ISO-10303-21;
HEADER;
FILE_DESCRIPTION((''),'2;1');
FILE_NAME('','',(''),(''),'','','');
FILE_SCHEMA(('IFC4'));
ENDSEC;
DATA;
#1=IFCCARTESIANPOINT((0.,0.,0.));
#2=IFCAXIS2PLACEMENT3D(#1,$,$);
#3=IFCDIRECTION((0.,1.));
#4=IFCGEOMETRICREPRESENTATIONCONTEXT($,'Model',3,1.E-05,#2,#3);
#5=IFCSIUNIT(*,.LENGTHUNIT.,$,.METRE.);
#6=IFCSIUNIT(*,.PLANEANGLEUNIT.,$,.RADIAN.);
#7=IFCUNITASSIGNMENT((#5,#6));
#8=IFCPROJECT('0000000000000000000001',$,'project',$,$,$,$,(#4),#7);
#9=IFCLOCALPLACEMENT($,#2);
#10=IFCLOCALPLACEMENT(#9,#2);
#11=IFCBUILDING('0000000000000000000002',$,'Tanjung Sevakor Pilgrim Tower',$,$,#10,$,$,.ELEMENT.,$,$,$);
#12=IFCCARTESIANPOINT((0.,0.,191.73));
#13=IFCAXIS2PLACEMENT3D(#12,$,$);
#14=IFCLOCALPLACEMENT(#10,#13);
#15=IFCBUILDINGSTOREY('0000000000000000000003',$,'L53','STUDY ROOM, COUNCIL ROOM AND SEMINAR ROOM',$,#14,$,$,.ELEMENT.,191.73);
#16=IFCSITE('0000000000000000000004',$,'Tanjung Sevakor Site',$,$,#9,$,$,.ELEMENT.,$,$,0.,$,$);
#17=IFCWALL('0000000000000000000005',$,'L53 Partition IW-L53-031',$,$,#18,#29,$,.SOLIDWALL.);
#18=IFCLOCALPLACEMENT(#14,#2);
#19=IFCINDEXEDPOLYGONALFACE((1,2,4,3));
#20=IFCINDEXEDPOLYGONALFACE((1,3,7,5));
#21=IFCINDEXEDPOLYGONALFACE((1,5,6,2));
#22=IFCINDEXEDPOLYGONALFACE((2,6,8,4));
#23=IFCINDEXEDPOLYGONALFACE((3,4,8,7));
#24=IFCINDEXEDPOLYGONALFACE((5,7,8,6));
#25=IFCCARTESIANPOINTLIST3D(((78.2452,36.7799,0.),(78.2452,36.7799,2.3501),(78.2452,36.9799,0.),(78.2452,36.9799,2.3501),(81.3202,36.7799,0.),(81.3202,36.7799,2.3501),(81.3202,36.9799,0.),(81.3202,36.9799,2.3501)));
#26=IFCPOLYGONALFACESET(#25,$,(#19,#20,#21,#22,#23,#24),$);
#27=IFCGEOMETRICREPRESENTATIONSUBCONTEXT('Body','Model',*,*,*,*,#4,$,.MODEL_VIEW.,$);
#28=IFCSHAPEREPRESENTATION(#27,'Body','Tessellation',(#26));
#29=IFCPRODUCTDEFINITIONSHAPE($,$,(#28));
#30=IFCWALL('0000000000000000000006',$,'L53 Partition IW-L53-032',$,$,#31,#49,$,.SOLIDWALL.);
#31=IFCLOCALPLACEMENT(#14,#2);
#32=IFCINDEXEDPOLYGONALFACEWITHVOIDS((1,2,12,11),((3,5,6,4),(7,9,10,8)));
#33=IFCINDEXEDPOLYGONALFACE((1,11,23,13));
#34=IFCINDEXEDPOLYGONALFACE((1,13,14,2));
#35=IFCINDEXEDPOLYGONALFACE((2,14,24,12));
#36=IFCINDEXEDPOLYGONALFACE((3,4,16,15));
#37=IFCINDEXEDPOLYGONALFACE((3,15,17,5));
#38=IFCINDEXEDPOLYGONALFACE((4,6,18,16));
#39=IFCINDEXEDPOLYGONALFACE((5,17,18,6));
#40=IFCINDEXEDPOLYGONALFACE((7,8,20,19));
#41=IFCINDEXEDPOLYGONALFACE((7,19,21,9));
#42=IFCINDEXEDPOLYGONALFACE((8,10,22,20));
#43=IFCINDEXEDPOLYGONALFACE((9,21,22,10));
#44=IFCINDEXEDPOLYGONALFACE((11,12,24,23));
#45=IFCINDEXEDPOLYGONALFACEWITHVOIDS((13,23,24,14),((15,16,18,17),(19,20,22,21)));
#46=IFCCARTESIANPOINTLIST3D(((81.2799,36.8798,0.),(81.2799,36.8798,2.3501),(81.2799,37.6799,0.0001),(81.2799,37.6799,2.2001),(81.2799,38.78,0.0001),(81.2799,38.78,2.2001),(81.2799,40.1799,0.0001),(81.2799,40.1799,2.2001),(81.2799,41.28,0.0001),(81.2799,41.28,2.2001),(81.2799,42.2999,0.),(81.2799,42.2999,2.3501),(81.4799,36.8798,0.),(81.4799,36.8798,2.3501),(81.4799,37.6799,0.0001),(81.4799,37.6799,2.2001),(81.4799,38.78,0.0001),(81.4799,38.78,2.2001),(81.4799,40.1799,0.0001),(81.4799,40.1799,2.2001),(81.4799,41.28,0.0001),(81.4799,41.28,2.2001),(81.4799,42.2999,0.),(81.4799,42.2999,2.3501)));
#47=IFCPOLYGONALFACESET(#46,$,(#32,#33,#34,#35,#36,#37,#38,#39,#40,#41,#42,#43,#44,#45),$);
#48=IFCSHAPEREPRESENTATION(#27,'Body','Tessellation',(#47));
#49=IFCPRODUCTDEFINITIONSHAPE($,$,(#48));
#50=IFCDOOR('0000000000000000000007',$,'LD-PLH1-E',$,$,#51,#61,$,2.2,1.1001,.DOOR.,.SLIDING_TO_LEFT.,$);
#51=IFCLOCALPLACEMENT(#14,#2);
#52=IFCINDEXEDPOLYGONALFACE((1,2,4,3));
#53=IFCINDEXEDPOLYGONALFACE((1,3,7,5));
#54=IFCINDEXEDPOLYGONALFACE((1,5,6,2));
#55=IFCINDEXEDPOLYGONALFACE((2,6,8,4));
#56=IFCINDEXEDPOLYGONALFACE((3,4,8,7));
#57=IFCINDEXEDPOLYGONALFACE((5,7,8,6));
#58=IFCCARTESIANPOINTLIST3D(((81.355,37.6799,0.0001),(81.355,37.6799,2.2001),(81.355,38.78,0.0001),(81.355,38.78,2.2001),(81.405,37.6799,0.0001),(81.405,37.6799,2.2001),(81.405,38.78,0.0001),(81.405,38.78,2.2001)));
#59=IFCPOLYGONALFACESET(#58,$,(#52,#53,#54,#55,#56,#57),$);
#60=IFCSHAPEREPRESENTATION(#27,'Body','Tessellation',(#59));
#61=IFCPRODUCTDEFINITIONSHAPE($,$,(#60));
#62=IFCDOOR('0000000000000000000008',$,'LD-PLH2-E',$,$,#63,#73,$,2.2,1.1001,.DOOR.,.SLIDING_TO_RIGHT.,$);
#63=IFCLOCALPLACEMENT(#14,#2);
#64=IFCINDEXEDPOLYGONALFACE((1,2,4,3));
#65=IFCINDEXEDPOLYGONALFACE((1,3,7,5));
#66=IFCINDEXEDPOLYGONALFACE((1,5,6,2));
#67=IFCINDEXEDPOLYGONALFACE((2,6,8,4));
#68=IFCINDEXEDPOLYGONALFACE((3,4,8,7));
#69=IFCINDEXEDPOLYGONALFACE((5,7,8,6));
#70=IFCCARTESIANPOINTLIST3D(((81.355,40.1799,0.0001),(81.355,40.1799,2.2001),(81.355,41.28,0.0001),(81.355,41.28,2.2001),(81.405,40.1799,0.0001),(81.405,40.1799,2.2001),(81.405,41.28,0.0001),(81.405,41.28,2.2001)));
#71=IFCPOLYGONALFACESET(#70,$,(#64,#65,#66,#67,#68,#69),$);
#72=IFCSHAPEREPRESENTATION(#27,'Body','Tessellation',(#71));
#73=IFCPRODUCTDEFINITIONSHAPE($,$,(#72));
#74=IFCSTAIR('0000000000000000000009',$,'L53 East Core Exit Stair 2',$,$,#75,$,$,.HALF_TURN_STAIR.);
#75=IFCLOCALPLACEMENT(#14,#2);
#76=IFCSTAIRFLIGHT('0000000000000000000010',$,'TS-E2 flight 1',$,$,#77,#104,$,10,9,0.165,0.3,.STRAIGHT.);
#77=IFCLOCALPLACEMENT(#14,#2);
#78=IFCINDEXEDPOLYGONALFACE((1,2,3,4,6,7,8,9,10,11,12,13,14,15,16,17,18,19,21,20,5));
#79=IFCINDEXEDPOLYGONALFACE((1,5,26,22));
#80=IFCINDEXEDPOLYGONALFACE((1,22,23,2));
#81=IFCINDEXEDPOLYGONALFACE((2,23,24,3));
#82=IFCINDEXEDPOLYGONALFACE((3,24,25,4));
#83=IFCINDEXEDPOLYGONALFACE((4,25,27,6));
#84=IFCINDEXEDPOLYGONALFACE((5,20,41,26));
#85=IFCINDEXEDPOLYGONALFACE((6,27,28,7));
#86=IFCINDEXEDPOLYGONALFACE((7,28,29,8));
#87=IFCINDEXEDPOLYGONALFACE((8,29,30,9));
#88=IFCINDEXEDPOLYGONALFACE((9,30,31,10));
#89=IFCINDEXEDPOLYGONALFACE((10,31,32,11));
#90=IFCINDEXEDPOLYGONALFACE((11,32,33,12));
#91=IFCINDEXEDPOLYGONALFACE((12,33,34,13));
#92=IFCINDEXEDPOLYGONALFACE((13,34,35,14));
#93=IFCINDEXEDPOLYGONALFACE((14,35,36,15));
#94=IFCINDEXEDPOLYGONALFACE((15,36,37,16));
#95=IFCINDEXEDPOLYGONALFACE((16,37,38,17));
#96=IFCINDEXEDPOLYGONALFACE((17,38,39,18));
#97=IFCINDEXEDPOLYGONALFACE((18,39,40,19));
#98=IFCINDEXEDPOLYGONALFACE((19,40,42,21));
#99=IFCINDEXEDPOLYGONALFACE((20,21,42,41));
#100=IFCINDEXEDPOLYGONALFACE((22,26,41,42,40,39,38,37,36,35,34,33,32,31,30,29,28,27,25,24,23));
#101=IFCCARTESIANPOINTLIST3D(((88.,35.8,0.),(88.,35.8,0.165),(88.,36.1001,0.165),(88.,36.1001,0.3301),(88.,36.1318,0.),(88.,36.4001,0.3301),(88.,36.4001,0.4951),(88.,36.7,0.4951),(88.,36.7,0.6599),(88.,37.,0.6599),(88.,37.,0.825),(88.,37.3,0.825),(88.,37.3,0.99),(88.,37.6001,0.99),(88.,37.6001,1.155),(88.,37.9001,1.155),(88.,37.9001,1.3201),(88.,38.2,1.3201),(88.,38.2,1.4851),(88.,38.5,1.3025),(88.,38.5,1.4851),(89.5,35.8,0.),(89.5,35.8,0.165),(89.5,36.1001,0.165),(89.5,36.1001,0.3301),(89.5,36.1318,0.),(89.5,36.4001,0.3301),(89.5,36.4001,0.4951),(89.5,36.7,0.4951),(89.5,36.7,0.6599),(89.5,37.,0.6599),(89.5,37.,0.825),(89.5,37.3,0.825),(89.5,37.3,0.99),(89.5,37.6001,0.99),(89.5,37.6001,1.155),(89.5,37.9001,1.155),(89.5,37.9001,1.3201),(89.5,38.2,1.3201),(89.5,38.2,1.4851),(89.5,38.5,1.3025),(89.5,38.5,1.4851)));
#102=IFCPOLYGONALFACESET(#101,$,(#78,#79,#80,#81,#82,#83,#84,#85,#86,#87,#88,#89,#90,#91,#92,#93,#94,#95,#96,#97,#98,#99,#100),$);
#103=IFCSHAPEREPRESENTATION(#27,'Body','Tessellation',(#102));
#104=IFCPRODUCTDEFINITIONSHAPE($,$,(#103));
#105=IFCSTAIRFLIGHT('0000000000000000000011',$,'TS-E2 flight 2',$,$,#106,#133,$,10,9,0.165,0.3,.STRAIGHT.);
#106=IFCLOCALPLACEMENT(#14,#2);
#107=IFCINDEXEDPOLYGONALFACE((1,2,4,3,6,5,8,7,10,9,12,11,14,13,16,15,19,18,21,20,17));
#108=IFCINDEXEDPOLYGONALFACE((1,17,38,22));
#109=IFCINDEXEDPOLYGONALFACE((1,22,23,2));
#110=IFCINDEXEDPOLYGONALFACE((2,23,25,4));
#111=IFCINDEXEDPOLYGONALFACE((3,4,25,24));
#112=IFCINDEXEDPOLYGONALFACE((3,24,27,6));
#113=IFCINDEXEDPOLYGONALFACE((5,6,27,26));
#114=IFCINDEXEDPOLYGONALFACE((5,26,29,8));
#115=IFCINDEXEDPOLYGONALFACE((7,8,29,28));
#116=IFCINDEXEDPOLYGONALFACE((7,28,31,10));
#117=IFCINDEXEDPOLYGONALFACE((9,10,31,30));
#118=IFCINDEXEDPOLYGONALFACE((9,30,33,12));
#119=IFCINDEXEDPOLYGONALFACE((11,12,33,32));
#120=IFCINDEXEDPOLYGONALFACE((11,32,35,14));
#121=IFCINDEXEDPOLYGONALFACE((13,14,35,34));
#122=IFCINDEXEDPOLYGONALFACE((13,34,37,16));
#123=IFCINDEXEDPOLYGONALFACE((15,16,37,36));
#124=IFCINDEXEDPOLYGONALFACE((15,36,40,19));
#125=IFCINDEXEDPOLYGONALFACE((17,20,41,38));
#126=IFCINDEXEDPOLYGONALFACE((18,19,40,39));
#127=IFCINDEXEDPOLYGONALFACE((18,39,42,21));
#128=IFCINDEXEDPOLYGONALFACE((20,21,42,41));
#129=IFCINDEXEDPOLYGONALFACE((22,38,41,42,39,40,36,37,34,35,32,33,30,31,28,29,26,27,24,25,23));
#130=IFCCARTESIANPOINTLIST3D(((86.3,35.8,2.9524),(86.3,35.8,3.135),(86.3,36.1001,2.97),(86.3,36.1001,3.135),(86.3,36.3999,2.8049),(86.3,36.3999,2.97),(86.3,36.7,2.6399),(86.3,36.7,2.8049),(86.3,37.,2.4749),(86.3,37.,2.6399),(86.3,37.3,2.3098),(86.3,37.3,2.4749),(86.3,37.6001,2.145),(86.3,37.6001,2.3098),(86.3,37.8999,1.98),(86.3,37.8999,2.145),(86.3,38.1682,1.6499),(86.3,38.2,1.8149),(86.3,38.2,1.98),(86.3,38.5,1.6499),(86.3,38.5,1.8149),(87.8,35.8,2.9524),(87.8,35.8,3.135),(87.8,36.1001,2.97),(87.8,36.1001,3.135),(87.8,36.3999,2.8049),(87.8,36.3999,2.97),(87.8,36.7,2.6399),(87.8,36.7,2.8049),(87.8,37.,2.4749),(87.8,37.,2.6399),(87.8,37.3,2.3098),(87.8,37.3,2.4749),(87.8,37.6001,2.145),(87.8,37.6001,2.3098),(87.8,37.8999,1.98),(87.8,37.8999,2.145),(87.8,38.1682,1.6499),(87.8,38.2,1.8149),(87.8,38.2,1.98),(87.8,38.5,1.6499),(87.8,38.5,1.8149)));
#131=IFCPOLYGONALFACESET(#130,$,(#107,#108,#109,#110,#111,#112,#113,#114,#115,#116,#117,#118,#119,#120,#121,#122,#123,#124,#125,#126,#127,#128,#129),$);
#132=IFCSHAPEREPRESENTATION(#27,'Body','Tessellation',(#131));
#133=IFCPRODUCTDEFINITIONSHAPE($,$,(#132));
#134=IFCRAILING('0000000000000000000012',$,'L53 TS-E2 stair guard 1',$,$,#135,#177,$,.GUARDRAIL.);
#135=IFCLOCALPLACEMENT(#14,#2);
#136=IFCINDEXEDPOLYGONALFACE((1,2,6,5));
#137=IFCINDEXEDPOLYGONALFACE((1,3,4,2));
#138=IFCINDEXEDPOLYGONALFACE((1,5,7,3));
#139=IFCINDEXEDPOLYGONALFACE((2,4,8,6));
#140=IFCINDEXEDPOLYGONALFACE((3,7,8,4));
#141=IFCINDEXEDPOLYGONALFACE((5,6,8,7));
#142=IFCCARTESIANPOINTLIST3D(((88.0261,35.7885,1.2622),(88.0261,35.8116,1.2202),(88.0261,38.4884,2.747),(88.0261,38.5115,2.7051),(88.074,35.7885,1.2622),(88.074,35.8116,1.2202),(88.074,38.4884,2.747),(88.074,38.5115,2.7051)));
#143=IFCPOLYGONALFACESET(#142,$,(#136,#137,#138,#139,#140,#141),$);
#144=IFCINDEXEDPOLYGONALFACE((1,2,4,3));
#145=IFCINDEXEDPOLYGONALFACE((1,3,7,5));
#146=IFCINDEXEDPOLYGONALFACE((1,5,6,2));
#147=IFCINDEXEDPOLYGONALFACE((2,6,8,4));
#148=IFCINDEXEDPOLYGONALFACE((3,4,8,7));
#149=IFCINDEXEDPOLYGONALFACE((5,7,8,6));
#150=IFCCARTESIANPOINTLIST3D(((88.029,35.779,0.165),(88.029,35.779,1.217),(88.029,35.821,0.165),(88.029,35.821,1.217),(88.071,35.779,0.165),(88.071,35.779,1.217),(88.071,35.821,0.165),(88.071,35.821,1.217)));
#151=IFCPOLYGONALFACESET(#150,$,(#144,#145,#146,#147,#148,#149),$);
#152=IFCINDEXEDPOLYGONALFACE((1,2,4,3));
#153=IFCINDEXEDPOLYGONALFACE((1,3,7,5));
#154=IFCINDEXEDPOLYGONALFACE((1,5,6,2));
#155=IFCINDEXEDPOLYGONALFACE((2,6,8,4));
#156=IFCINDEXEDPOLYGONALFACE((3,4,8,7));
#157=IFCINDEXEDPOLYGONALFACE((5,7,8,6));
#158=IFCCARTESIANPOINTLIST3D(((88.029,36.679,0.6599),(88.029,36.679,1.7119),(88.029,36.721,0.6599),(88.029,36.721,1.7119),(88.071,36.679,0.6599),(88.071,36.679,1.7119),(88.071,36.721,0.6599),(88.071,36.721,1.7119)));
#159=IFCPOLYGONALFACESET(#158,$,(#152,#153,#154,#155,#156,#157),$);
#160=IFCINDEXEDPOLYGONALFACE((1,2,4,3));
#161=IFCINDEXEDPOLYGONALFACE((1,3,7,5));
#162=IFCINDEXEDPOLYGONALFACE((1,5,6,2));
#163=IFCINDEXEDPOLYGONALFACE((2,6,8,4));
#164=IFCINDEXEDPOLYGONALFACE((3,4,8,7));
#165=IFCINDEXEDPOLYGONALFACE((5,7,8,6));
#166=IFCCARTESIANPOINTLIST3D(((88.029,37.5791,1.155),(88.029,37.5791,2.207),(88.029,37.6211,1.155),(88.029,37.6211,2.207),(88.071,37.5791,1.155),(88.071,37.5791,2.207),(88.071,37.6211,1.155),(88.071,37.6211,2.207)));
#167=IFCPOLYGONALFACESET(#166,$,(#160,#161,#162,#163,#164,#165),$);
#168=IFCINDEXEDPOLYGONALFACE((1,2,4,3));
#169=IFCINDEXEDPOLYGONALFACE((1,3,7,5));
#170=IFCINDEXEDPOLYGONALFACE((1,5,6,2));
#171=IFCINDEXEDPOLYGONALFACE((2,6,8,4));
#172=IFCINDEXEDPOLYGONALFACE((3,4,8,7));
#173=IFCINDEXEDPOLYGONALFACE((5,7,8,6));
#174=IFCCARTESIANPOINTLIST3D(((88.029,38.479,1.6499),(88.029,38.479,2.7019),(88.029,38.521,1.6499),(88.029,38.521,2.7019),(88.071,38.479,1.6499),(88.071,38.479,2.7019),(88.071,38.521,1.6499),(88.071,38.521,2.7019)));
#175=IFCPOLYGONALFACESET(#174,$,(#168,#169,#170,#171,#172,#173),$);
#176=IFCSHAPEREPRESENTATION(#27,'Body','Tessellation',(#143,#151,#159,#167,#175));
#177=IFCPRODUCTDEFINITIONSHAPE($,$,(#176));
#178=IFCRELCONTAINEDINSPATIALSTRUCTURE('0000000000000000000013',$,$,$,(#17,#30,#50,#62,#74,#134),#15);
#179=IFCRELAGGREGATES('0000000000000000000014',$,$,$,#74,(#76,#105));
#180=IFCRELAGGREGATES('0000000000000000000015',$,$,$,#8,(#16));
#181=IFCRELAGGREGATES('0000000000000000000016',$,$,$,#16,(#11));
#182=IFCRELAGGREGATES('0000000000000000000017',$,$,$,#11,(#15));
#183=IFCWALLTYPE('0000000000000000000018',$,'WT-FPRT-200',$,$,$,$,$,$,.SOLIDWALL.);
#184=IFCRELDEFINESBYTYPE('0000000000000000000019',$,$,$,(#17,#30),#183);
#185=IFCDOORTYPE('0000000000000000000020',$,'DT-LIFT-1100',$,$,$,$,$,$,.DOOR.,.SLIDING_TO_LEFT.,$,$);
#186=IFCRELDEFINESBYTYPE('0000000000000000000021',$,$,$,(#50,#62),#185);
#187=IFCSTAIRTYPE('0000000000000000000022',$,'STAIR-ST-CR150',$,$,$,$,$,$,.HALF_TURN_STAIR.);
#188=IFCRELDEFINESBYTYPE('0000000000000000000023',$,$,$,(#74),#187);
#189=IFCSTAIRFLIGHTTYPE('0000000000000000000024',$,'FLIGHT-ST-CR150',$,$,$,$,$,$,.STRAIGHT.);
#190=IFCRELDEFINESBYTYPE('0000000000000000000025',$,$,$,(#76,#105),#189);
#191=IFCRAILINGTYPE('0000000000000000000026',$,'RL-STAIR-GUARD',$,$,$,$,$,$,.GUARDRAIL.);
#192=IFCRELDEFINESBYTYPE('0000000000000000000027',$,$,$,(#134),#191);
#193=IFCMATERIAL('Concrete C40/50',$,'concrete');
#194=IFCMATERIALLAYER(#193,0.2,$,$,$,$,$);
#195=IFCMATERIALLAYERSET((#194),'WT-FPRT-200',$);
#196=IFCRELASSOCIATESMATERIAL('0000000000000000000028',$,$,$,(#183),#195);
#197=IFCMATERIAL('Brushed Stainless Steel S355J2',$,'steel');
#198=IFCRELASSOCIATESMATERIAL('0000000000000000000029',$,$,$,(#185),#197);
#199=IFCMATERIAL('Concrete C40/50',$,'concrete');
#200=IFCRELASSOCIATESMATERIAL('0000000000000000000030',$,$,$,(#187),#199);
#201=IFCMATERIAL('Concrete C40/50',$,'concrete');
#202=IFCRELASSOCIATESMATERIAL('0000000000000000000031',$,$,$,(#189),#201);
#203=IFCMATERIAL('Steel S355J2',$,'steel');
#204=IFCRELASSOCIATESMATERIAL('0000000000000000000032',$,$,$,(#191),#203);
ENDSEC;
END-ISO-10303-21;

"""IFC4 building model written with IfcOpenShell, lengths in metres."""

from ifc_helpers import new_model, si_unit, direction, frame, frame_2d, origin, place, context, subcontext, project, spatial, polyline, rectangle, outline, extrude, material, layer, layer_set, type_object, element, fill, aggregate, save


model = new_model("IFC4")

# Units and contexts
model_context = context("Model", 3, precision=1e-05, world=origin(), true_north=direction((0.0, 1.0)))
body_context = subcontext(model_context, "Body", "Model", "MODEL_VIEW")
ifc_project = project(units=[si_unit("LENGTHUNIT", "METRE"), si_unit("PLANEANGLEUNIT", "RADIAN")], contexts=[model_context])

# Site, building, storey
site_placement = place(None, origin())
site = spatial("IfcSite", under=ifc_project, at=site_placement, Name="Tanjung Sevakor Site", CompositionType="ELEMENT", RefElevation=0.0)
building_placement = place(site_placement, origin())
building = spatial("IfcBuilding", under=site, at=building_placement, Name="Tanjung Sevakor Pilgrim Tower", CompositionType="ELEMENT")
storey_placement = place(building_placement, frame((0.0, 0.0, 191.73)))
storey = spatial("IfcBuildingStorey", under=building, at=storey_placement, Name="L53", Description="STUDY ROOM, COUNCIL ROOM AND SEMINAR ROOM", CompositionType="ELEMENT", Elevation=191.73)

# Wall
ifc_material_1 = material(Name="Concrete C40/50", Category="concrete")
ifc_layer_1 = layer(ifc_material_1, 0.2)
ifc_layer_set_1 = layer_set([ifc_layer_1], Name="WT-FPRT-200")
wall_type_1 = type_object("IfcWallType", Name="WT-FPRT-200", PredefinedType="SOLIDWALL", material=ifc_layer_set_1)
wall_1_placement = place(storey_placement, frame((78.2451, 36.8799, 0.0), z_axis=(0.0, 0.0, 1.0), x_axis=(1.0, 0.0, 0.0)))
element("IfcWall", 1, at=wall_1_placement, inside=storey, type_object=wall_type_1, Name="L53 Partition IW-L53-031", PredefinedType="SOLIDWALL", context=body_context, shape_type="SweptSolid", body=[
    extrude(rectangle(XDim=3.075, YDim=0.2, at=frame_2d((1.5376, 0.0))), origin(), (0.0, 0.0, 1.0), 2.3501),
])

# Wall, openings, doors
wall_2_placement = place(storey_placement, frame((81.3799, 36.8799, 0.0), z_axis=(0.0, 0.0, 1.0), x_axis=(0.0, 1.0, 0.0)))
wall_2 = element("IfcWall", 2, at=wall_2_placement, inside=storey, type_object=wall_type_1, Name="L53 Partition IW-L53-032", PredefinedType="SOLIDWALL", context=body_context, shape_type="SweptSolid", body=[
    extrude(rectangle(XDim=5.4202, YDim=0.2, at=frame_2d((2.71, 0.0))), origin(), (0.0, 0.0, 1.0), 2.3501),
])
opening_1_placement = place(wall_2_placement, frame((0.8, 0.0, 0.0)))
opening_1 = element("IfcOpeningElement", 3, at=opening_1_placement, cuts=wall_2, PredefinedType="OPENING", context=body_context, shape_type="SweptSolid", body=[
    extrude(rectangle(XDim=1.1001, YDim=2.2, at=frame_2d((0.55, 1.1001))), frame((0.0, 0.1099, 0.0), z_axis=(0.0, -1.0, 0.0), x_axis=(1.0, 0.0, 0.0)), (0.0, 0.0, 1.0), 0.22),
])
opening_2_placement = place(wall_2_placement, frame((3.3, 0.0, 0.0)))
opening_2 = element("IfcOpeningElement", 4, at=opening_2_placement, cuts=wall_2, PredefinedType="OPENING", context=body_context, shape_type="SweptSolid", body=[
    extrude(rectangle(XDim=1.1001, YDim=2.2, at=frame_2d((0.55, 1.1001))), frame((0.0, 0.1099, 0.0), z_axis=(0.0, -1.0, 0.0), x_axis=(1.0, 0.0, 0.0)), (0.0, 0.0, 1.0), 0.22),
])
ifc_material_2 = material(Name="Brushed Stainless Steel S355J2", Category="steel")
door_type_1 = type_object("IfcDoorType", Name="DT-LIFT-1100", OperationType="SLIDING_TO_LEFT", PredefinedType="DOOR", material=ifc_material_2)
door_1_placement = place(opening_1_placement, origin())
door_1 = element("IfcDoor", 5, at=door_1_placement, inside=storey, type_object=door_type_1, Name="LD-PLH1-E", OperationType="SLIDING_TO_LEFT", OverallHeight=2.2, OverallWidth=1.1001, PredefinedType="DOOR", context=body_context, shape_type="SweptSolid", body=[
    extrude(rectangle(XDim=1.1001, YDim=2.2, at=frame_2d((0.55, 1.1001))), frame((0.0, 0.0249, 0.0), z_axis=(0.0, -1.0, 0.0), x_axis=(1.0, 0.0, 0.0)), (0.0, 0.0, 1.0), 0.05),
])
fill(opening_1, door_1)
door_2_placement = place(opening_2_placement, origin())
door_2 = element("IfcDoor", 6, at=door_2_placement, inside=storey, type_object=door_type_1, Name="LD-PLH2-E", OperationType="SLIDING_TO_RIGHT", OverallHeight=2.2, OverallWidth=1.1001, PredefinedType="DOOR", context=body_context, shape_type="SweptSolid", body=[
    extrude(rectangle(XDim=1.1001, YDim=2.2, at=frame_2d((0.55, 1.1001))), frame((0.0, 0.0249, 0.0), z_axis=(0.0, -1.0, 0.0), x_axis=(1.0, 0.0, 0.0)), (0.0, 0.0, 1.0), 0.05),
])
fill(opening_2, door_2)

# Stair, stair flights
ifc_material_3 = material(Name="Concrete C40/50", Category="concrete")
stair_type = type_object("IfcStairType", Name="STAIR-ST-CR150", PredefinedType="HALF_TURN_STAIR", material=ifc_material_3)
stair_placement = place(storey_placement, origin())
stair = element("IfcStair", 7, at=stair_placement, inside=storey, type_object=stair_type, Name="L53 East Core Exit Stair 2", PredefinedType="HALF_TURN_STAIR")
ifc_material_4 = material(Name="Concrete C40/50", Category="concrete")
stair_flight_type = type_object("IfcStairFlightType", Name="FLIGHT-ST-CR150", PredefinedType="STRAIGHT", material=ifc_material_4)
stair_flight_1_placement = place(storey_placement, frame((88.75, 35.8, 0.0), z_axis=(0.0, 0.0, 1.0), x_axis=(0.0, 1.0, 0.0)))
stair_flight_1 = element("IfcStairFlight", 8, at=stair_flight_1_placement, type_object=stair_flight_type, Name="TS-E2 flight 1", NumberOfRisers=10, NumberOfTreads=9, PredefinedType="STRAIGHT", RiserHeight=0.165, TreadLength=0.3, context=body_context, shape_type="SweptSolid", body=[
    extrude(outline(polyline([(0.0, 0.0), (0.0, 0.165), (0.3, 0.165), (0.3, 0.3301), (0.6001, 0.3301), (0.6001, 0.4951), (0.8999, 0.4951), (0.8999, 0.6599), (1.2, 0.6599), (1.2, 0.825), (1.5, 0.825), (1.5, 0.99), (1.8, 0.99), (1.8, 1.155), (2.1001, 1.155), (2.1001, 1.3201), (2.3999, 1.3201), (2.3999, 1.4851), (2.7, 1.4851), (2.7, 1.6499), (2.7, 1.3025), (0.3318, 0.0), (0.0, 0.0)])), frame((0.0, 0.75, 0.0), z_axis=(0.0, -1.0, 0.0), x_axis=(1.0, 0.0, 0.0)), (0.0, 0.0, 1.0), 1.5),
])
stair_flight_2_placement = place(storey_placement, frame((87.05, 38.5, 1.6499), z_axis=(0.0, 0.0, 1.0), x_axis=(0.0, -1.0, 0.0)))
stair_flight_2 = element("IfcStairFlight", 9, at=stair_flight_2_placement, type_object=stair_flight_type, Name="TS-E2 flight 2", NumberOfRisers=10, NumberOfTreads=9, PredefinedType="STRAIGHT", RiserHeight=0.165, TreadLength=0.3, context=body_context, shape_type="SweptSolid", body=[
    extrude(outline(polyline([(0.0, 0.0), (0.0, 0.165), (0.3, 0.165), (0.3, 0.3301), (0.6001, 0.3301), (0.6001, 0.4951), (0.8999, 0.4951), (0.8999, 0.6599), (1.2, 0.6599), (1.2, 0.825), (1.5, 0.825), (1.5, 0.99), (1.8, 0.99), (1.8, 1.155), (2.1001, 1.155), (2.1001, 1.3201), (2.3999, 1.3201), (2.3999, 1.4851), (2.7, 1.4851), (2.7, 1.6499), (2.7, 1.3025), (0.3318, 0.0), (0.0, 0.0)])), frame((0.0, 0.75, 0.0), z_axis=(0.0, -1.0, 0.0), x_axis=(1.0, 0.0, 0.0)), (0.0, 0.0, 1.0), 1.5),
])
aggregate(stair, [stair_flight_1, stair_flight_2])

# Railing
ifc_material_5 = material(Name="Steel S355J2", Category="steel")
railing_type_1 = type_object("IfcRailingType", Name="RL-STAIR-GUARD", PredefinedType="GUARDRAIL", material=ifc_material_5)
railing_1_placement = place(storey_placement, frame((88.05, 35.8, 0.165)))
element("IfcRailing", 10, at=railing_1_placement, inside=storey, type_object=railing_type_1, Name="L53 TS-E2 stair guard 1", PredefinedType="GUARDRAIL", context=body_context, shape_type="SweptSolid", body=[
    extrude(rectangle(XDim=0.0479, YDim=0.0479), frame((0.0, 0.0, 1.0762), z_axis=(0.0, 0.876231, 0.481891), x_axis=(-1.0, 0.0, 0.0)), (0.0, 0.0, 1.0), 3.0813),
    extrude(rectangle(XDim=0.042, YDim=0.042), origin(), (0.0, 0.0, 1.0), 1.052),
    extrude(rectangle(XDim=0.042, YDim=0.042), frame((0.0, 0.8999, 0.4949)), (0.0, 0.0, 1.0), 1.052),
    extrude(rectangle(XDim=0.042, YDim=0.042), frame((0.0, 1.8, 0.99)), (0.0, 0.0, 1.0), 1.052),
    extrude(rectangle(XDim=0.042, YDim=0.042), frame((0.0, 2.7, 1.4849)), (0.0, 0.0, 1.0), 1.052),
])

save(model, "model.ifc")
